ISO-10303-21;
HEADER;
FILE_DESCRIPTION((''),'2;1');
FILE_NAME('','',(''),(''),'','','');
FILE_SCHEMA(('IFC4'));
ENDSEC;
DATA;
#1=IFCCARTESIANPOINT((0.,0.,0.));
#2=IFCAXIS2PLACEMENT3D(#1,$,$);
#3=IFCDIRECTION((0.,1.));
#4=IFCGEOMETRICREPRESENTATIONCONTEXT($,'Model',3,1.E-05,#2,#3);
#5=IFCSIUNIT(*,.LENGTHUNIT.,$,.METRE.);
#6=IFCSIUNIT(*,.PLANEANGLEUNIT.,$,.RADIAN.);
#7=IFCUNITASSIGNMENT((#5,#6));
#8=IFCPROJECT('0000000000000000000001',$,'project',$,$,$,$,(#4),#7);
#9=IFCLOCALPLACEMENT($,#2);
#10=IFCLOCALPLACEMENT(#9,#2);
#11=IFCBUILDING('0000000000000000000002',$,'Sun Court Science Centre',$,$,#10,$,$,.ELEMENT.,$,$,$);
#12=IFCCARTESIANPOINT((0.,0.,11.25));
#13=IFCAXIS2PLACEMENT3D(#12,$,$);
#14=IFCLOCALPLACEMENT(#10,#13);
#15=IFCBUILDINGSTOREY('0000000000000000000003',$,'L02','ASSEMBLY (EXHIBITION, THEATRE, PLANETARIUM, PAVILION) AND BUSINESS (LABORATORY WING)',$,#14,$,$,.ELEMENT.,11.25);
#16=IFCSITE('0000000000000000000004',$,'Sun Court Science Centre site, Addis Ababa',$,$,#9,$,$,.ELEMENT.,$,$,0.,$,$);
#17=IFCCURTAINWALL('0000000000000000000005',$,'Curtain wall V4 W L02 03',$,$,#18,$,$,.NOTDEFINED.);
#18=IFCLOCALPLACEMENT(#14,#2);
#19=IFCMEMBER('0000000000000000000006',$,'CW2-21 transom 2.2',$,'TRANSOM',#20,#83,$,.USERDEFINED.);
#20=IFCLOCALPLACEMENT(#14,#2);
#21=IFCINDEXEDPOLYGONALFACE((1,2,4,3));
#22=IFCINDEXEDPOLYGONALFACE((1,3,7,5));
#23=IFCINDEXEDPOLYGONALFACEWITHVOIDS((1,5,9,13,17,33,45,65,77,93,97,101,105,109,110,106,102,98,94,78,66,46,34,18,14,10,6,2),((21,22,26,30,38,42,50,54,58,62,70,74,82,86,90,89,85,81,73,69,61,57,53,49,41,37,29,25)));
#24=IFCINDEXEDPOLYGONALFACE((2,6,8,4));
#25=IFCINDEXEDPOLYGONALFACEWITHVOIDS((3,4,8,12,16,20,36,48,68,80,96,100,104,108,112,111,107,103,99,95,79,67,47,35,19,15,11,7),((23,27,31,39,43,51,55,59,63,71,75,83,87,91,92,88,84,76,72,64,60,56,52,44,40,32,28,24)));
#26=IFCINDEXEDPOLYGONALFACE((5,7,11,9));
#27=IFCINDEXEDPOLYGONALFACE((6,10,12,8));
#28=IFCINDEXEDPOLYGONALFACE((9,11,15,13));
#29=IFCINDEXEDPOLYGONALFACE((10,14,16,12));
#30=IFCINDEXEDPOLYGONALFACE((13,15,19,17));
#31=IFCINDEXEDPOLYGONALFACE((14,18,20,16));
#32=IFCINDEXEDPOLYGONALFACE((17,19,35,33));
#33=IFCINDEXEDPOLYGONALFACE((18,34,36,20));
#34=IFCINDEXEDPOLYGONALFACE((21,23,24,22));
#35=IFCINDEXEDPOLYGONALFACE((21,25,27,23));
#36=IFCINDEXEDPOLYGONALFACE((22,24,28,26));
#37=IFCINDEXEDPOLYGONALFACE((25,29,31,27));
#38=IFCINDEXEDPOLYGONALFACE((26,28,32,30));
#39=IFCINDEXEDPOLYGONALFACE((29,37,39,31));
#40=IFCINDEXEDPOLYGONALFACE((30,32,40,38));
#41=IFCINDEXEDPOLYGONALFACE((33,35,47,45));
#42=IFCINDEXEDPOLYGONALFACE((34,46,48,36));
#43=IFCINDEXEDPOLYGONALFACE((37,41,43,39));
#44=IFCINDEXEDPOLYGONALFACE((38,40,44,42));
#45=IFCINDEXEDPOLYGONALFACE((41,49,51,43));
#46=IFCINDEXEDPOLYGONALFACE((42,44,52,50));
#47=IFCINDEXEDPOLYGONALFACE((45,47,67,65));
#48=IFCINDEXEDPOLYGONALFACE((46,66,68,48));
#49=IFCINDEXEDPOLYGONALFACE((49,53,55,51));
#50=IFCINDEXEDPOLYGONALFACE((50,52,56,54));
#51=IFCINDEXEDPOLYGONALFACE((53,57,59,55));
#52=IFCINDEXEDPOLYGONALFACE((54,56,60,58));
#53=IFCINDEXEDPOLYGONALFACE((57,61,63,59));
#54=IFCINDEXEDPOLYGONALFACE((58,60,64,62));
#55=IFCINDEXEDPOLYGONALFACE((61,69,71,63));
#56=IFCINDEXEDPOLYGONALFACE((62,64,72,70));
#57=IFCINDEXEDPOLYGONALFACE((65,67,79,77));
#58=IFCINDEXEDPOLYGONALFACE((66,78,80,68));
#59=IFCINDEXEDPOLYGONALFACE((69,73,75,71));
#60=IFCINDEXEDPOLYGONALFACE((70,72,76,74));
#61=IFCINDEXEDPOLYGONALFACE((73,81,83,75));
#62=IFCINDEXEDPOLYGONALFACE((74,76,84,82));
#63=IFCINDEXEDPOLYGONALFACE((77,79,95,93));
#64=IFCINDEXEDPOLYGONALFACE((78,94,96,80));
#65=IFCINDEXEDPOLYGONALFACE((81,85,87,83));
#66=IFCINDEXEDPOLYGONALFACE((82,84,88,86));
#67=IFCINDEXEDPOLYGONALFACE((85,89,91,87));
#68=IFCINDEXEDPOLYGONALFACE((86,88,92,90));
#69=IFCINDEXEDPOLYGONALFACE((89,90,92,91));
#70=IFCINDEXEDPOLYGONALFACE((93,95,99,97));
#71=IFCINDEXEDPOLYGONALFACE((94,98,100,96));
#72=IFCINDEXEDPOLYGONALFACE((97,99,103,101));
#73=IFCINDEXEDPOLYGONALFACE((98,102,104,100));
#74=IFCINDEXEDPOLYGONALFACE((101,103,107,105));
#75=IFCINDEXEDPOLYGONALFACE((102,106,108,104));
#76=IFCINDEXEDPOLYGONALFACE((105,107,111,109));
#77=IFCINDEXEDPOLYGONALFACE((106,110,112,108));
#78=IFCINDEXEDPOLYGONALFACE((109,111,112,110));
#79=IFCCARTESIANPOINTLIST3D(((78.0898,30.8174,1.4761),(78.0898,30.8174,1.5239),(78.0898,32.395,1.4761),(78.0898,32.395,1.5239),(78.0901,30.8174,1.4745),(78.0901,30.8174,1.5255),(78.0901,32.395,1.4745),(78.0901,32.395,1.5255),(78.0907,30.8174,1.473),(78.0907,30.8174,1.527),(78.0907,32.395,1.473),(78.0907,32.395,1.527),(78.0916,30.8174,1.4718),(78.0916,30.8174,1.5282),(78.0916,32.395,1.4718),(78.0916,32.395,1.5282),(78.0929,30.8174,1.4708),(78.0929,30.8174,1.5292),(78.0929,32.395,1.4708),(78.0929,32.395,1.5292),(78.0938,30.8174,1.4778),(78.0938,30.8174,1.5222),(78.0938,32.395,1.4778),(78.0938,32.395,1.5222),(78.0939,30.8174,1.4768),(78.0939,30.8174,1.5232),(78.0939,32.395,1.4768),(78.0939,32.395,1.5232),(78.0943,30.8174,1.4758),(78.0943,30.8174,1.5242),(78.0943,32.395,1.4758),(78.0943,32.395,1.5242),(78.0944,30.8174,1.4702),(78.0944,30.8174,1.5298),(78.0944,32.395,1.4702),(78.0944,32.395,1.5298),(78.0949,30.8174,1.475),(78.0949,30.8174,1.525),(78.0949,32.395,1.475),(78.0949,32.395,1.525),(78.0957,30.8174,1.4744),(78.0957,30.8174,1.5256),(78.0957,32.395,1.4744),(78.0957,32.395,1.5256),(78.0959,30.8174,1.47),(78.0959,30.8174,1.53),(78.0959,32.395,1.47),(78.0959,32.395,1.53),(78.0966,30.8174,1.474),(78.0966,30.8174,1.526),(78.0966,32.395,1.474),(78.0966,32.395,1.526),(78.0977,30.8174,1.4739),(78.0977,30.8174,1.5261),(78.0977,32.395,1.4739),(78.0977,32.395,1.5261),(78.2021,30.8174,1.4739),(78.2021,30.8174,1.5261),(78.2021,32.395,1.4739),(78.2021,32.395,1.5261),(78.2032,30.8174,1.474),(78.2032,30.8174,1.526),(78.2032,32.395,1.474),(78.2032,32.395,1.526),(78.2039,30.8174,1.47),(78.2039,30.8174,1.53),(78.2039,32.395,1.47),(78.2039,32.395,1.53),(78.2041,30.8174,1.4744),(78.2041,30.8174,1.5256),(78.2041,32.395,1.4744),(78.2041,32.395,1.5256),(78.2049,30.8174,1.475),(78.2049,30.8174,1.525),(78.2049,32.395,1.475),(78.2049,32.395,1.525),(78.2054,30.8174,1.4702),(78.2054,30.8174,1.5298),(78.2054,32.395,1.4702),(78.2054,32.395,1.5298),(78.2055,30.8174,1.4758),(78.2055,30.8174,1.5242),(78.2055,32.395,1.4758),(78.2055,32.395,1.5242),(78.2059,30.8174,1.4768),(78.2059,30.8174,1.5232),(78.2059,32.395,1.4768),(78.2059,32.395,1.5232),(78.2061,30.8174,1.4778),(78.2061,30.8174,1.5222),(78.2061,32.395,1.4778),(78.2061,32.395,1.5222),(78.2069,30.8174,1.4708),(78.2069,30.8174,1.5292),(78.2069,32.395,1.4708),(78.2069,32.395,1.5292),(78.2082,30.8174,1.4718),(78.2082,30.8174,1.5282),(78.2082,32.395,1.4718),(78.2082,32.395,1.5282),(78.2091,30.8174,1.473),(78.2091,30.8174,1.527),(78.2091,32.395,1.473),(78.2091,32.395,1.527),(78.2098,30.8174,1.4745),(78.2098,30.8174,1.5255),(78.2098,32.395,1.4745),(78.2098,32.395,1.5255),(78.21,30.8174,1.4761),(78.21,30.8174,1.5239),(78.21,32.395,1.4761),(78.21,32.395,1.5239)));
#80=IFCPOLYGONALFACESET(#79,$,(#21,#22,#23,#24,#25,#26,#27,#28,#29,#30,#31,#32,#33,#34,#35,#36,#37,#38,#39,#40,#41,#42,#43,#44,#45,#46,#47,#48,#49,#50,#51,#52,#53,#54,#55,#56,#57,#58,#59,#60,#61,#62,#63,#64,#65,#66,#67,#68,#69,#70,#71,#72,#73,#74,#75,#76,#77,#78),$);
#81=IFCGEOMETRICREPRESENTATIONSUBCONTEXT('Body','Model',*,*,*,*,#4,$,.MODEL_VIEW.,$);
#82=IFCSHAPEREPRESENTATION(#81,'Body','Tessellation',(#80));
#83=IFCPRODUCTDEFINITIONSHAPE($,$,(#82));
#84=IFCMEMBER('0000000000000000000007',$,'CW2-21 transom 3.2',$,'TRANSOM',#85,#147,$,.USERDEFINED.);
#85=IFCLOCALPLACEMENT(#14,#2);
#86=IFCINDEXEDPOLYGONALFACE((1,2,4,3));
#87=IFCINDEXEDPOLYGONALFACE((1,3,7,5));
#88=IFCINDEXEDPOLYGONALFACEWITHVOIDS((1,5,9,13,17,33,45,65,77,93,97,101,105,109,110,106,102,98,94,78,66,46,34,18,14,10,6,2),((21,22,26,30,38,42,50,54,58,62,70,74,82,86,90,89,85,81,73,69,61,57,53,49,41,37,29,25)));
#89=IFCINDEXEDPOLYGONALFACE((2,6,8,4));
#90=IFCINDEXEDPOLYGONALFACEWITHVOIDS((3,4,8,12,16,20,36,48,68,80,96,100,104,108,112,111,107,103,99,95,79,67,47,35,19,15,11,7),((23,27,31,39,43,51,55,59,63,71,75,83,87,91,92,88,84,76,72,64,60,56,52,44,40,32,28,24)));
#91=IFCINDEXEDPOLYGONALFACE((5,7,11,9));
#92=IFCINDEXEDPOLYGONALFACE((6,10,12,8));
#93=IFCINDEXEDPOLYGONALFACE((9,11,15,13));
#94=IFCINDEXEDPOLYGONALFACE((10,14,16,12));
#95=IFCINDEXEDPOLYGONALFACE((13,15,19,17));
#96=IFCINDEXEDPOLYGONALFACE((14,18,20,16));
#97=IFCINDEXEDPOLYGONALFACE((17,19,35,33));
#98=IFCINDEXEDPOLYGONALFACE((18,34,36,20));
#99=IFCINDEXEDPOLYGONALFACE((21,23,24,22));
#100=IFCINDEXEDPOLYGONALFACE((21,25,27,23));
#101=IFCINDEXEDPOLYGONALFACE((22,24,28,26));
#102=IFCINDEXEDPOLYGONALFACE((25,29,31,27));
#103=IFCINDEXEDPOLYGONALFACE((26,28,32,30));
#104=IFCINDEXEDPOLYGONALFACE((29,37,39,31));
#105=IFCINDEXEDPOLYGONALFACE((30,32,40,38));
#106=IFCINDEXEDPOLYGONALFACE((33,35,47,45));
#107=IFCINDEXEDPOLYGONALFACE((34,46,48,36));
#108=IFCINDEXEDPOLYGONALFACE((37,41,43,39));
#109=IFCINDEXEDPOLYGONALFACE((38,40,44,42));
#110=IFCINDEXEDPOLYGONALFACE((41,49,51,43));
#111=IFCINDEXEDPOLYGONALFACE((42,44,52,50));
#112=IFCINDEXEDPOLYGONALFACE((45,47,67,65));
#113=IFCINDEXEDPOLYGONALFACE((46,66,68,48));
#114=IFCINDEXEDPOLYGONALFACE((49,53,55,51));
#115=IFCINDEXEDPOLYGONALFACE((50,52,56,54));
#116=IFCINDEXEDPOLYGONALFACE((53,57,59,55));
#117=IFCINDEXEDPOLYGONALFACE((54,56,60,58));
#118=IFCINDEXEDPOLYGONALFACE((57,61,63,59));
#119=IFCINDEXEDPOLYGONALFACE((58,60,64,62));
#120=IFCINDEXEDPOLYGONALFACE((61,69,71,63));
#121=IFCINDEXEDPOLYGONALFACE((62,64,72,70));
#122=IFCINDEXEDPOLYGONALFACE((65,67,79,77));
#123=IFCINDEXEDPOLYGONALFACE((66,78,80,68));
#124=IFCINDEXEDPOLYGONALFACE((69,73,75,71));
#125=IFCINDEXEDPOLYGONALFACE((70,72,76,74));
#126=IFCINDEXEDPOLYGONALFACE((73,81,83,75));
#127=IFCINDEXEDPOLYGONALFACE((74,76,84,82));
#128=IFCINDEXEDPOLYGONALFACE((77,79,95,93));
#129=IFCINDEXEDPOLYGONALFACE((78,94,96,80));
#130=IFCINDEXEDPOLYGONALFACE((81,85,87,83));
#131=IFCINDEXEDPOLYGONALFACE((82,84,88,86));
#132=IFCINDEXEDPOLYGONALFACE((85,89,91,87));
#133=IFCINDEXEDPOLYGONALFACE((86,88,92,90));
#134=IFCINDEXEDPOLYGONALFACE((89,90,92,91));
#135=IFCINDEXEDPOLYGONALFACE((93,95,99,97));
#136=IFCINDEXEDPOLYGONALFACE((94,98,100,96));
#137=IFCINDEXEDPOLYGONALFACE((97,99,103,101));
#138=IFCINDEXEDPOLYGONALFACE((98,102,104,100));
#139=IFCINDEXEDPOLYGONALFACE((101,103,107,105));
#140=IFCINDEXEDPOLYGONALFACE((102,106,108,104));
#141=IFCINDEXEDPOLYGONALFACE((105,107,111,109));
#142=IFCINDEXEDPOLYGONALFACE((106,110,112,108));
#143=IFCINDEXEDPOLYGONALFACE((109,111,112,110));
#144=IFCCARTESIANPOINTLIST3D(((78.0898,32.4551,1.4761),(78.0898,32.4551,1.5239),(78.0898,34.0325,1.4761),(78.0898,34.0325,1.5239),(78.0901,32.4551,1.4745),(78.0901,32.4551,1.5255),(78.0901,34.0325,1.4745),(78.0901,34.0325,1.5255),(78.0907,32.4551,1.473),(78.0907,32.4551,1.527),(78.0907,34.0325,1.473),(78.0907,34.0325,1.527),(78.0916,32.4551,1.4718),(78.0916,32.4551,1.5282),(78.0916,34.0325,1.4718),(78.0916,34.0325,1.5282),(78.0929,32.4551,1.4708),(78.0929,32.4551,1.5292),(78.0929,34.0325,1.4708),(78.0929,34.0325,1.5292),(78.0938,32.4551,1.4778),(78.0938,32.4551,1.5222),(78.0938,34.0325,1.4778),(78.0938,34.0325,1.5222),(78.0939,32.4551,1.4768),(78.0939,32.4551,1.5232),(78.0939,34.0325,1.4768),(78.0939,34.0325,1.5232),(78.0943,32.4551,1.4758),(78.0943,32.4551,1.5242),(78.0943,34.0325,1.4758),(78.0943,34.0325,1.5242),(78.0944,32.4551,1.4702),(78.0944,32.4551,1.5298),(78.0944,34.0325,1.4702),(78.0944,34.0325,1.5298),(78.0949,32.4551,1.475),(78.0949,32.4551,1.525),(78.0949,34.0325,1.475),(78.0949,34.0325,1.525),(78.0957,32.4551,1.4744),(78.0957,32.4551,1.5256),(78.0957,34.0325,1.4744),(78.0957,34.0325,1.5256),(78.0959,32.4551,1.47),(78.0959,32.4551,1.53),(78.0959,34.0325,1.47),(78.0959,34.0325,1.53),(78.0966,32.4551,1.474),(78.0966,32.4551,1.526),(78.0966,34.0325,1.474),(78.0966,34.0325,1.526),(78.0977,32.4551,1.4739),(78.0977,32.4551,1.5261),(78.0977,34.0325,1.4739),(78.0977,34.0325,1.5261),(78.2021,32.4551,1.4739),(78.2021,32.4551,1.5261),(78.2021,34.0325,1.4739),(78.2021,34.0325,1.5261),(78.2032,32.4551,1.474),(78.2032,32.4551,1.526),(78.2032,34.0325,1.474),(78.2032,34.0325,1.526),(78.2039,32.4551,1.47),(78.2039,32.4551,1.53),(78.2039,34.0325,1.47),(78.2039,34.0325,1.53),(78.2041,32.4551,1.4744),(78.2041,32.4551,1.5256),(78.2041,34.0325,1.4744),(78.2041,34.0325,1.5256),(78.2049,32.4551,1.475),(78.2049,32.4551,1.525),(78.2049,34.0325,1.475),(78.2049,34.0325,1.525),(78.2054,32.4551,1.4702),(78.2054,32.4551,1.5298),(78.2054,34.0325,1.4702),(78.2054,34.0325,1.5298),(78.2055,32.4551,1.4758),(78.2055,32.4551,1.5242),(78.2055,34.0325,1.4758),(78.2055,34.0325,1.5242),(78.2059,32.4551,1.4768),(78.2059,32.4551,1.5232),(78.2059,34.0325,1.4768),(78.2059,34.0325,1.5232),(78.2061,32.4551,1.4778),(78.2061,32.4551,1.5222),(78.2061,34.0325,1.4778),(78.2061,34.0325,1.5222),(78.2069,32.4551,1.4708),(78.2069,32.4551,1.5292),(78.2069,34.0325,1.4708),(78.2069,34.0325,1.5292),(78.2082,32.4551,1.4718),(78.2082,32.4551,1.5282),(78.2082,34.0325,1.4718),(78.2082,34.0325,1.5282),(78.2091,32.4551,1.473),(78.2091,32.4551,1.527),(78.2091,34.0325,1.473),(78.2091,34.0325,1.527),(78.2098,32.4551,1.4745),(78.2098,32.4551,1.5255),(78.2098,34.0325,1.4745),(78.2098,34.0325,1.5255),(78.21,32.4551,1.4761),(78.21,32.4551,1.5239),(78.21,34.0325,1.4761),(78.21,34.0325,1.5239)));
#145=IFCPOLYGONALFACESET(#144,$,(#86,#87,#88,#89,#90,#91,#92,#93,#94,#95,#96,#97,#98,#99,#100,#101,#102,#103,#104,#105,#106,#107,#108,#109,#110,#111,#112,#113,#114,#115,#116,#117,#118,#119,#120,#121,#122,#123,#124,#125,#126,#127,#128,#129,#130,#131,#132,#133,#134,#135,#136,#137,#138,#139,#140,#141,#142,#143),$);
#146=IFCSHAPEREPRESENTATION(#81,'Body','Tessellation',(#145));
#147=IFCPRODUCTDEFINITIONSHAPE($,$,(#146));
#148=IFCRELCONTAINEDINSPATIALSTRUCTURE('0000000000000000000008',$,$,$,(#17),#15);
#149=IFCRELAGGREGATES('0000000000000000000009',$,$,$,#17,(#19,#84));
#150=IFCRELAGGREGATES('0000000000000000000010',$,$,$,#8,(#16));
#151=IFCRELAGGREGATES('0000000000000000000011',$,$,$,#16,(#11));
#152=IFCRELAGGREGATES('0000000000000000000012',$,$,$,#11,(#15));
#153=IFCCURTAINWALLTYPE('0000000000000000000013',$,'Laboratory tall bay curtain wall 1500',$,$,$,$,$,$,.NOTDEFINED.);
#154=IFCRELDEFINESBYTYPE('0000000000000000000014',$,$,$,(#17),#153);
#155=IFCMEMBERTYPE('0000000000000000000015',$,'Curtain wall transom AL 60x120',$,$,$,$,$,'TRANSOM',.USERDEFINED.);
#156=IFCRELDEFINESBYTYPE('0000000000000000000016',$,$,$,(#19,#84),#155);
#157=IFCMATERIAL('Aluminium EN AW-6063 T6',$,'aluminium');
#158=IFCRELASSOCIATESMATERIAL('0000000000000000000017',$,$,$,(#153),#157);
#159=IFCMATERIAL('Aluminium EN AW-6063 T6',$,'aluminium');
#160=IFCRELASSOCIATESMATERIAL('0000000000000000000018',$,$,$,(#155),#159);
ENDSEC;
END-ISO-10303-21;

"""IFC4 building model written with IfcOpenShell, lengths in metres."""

from ifc_helpers import new_model, si_unit, direction, frame, origin, origin_2d, place, context, subcontext, project, spatial, hollow_rectangle, extrude, material, material_profile, profile_set, type_object, element, aggregate, save


model = new_model("IFC4")

# Units and contexts
model_context = context("Model", 3, precision=1e-05, world=origin(), true_north=direction((0.0, 1.0)))
body_context = subcontext(model_context, "Body", "Model", "MODEL_VIEW")
ifc_project = project(units=[si_unit("LENGTHUNIT", "METRE"), si_unit("PLANEANGLEUNIT", "RADIAN")], contexts=[model_context])

# Site, building, storey
site_placement = place(None, origin())
site = spatial("IfcSite", under=ifc_project, at=site_placement, Name="Sun Court Science Centre site, Addis Ababa", CompositionType="ELEMENT", RefElevation=0.0)
building_placement = place(site_placement, origin())
building = spatial("IfcBuilding", under=site, at=building_placement, Name="Sun Court Science Centre", CompositionType="ELEMENT")
storey_placement = place(building_placement, frame((0.0, 0.0, 11.25)))
storey = spatial("IfcBuildingStorey", under=building, at=storey_placement, Name="L02", Description="ASSEMBLY (EXHIBITION, THEATRE, PLANETARIUM, PAVILION) AND BUSINESS (LABORATORY WING)", CompositionType="ELEMENT", Elevation=11.25)

# Curtain wall
ifc_material_1 = material(Name="Aluminium EN AW-6063 T6", Category="aluminium")
curtain_wall_type = type_object("IfcCurtainWallType", Name="Laboratory tall bay curtain wall 1500", PredefinedType="NOTDEFINED", material=ifc_material_1)
curtain_wall_1_placement = place(storey_placement, origin())
curtain_wall_1 = element("IfcCurtainWall", 1, at=curtain_wall_1_placement, inside=storey, type_object=curtain_wall_type, Name="Curtain wall V4 W L02 03", PredefinedType="NOTDEFINED")

# Members
ifc_material_2 = material(Name="Aluminium EN AW-6063 T6", Category="aluminium")
ifc_material_profile_1 = material_profile(ifc_material_2, hollow_rectangle(XDim=0.0601, YDim=0.1201, WallThickness=0.0039, InnerFilletRadius=0.0039, OuterFilletRadius=0.0061, at=origin_2d()), Name="AL 60x120x4")
ifc_profile_set_1 = profile_set([ifc_material_profile_1], Name="Aluminium EN AW-6063 T6")
member_type_1 = type_object("IfcMemberType", Name="Curtain wall transom AL 60x120", ElementType="TRANSOM", PredefinedType="USERDEFINED", material=ifc_profile_set_1)
member_1_placement = place(storey_placement, frame((78.1499, 30.8174, 1.5), z_axis=(0.0, 1.0, 0.0), x_axis=(0.0, 0.0, 1.0)))
member_1 = element("IfcMember", 2, at=member_1_placement, type_object=member_type_1, Name="CW2-21 transom 2.2", ObjectType="TRANSOM", PredefinedType="USERDEFINED", context=body_context, shape_type="SweptSolid", body=[
    extrude(hollow_rectangle(XDim=0.0601, YDim=0.1201, WallThickness=0.0039, InnerFilletRadius=0.0039, OuterFilletRadius=0.0061, at=origin_2d()), origin(), (0.0, 0.0, 1.0), 1.5776),
])
member_2_placement = place(storey_placement, frame((78.1499, 32.4551, 1.5), z_axis=(0.0, 1.0, 0.0), x_axis=(0.0, 0.0, 1.0)))
member_2 = element("IfcMember", 3, at=member_2_placement, type_object=member_type_1, Name="CW2-21 transom 3.2", ObjectType="TRANSOM", PredefinedType="USERDEFINED", context=body_context, shape_type="SweptSolid", body=[
    extrude(hollow_rectangle(XDim=0.0601, YDim=0.1201, WallThickness=0.0039, InnerFilletRadius=0.0039, OuterFilletRadius=0.0061, at=origin_2d()), origin(), (0.0, 0.0, 1.0), 1.5774),
])

aggregate(curtain_wall_1, [member_1, member_2])

save(model, "model.ifc")
